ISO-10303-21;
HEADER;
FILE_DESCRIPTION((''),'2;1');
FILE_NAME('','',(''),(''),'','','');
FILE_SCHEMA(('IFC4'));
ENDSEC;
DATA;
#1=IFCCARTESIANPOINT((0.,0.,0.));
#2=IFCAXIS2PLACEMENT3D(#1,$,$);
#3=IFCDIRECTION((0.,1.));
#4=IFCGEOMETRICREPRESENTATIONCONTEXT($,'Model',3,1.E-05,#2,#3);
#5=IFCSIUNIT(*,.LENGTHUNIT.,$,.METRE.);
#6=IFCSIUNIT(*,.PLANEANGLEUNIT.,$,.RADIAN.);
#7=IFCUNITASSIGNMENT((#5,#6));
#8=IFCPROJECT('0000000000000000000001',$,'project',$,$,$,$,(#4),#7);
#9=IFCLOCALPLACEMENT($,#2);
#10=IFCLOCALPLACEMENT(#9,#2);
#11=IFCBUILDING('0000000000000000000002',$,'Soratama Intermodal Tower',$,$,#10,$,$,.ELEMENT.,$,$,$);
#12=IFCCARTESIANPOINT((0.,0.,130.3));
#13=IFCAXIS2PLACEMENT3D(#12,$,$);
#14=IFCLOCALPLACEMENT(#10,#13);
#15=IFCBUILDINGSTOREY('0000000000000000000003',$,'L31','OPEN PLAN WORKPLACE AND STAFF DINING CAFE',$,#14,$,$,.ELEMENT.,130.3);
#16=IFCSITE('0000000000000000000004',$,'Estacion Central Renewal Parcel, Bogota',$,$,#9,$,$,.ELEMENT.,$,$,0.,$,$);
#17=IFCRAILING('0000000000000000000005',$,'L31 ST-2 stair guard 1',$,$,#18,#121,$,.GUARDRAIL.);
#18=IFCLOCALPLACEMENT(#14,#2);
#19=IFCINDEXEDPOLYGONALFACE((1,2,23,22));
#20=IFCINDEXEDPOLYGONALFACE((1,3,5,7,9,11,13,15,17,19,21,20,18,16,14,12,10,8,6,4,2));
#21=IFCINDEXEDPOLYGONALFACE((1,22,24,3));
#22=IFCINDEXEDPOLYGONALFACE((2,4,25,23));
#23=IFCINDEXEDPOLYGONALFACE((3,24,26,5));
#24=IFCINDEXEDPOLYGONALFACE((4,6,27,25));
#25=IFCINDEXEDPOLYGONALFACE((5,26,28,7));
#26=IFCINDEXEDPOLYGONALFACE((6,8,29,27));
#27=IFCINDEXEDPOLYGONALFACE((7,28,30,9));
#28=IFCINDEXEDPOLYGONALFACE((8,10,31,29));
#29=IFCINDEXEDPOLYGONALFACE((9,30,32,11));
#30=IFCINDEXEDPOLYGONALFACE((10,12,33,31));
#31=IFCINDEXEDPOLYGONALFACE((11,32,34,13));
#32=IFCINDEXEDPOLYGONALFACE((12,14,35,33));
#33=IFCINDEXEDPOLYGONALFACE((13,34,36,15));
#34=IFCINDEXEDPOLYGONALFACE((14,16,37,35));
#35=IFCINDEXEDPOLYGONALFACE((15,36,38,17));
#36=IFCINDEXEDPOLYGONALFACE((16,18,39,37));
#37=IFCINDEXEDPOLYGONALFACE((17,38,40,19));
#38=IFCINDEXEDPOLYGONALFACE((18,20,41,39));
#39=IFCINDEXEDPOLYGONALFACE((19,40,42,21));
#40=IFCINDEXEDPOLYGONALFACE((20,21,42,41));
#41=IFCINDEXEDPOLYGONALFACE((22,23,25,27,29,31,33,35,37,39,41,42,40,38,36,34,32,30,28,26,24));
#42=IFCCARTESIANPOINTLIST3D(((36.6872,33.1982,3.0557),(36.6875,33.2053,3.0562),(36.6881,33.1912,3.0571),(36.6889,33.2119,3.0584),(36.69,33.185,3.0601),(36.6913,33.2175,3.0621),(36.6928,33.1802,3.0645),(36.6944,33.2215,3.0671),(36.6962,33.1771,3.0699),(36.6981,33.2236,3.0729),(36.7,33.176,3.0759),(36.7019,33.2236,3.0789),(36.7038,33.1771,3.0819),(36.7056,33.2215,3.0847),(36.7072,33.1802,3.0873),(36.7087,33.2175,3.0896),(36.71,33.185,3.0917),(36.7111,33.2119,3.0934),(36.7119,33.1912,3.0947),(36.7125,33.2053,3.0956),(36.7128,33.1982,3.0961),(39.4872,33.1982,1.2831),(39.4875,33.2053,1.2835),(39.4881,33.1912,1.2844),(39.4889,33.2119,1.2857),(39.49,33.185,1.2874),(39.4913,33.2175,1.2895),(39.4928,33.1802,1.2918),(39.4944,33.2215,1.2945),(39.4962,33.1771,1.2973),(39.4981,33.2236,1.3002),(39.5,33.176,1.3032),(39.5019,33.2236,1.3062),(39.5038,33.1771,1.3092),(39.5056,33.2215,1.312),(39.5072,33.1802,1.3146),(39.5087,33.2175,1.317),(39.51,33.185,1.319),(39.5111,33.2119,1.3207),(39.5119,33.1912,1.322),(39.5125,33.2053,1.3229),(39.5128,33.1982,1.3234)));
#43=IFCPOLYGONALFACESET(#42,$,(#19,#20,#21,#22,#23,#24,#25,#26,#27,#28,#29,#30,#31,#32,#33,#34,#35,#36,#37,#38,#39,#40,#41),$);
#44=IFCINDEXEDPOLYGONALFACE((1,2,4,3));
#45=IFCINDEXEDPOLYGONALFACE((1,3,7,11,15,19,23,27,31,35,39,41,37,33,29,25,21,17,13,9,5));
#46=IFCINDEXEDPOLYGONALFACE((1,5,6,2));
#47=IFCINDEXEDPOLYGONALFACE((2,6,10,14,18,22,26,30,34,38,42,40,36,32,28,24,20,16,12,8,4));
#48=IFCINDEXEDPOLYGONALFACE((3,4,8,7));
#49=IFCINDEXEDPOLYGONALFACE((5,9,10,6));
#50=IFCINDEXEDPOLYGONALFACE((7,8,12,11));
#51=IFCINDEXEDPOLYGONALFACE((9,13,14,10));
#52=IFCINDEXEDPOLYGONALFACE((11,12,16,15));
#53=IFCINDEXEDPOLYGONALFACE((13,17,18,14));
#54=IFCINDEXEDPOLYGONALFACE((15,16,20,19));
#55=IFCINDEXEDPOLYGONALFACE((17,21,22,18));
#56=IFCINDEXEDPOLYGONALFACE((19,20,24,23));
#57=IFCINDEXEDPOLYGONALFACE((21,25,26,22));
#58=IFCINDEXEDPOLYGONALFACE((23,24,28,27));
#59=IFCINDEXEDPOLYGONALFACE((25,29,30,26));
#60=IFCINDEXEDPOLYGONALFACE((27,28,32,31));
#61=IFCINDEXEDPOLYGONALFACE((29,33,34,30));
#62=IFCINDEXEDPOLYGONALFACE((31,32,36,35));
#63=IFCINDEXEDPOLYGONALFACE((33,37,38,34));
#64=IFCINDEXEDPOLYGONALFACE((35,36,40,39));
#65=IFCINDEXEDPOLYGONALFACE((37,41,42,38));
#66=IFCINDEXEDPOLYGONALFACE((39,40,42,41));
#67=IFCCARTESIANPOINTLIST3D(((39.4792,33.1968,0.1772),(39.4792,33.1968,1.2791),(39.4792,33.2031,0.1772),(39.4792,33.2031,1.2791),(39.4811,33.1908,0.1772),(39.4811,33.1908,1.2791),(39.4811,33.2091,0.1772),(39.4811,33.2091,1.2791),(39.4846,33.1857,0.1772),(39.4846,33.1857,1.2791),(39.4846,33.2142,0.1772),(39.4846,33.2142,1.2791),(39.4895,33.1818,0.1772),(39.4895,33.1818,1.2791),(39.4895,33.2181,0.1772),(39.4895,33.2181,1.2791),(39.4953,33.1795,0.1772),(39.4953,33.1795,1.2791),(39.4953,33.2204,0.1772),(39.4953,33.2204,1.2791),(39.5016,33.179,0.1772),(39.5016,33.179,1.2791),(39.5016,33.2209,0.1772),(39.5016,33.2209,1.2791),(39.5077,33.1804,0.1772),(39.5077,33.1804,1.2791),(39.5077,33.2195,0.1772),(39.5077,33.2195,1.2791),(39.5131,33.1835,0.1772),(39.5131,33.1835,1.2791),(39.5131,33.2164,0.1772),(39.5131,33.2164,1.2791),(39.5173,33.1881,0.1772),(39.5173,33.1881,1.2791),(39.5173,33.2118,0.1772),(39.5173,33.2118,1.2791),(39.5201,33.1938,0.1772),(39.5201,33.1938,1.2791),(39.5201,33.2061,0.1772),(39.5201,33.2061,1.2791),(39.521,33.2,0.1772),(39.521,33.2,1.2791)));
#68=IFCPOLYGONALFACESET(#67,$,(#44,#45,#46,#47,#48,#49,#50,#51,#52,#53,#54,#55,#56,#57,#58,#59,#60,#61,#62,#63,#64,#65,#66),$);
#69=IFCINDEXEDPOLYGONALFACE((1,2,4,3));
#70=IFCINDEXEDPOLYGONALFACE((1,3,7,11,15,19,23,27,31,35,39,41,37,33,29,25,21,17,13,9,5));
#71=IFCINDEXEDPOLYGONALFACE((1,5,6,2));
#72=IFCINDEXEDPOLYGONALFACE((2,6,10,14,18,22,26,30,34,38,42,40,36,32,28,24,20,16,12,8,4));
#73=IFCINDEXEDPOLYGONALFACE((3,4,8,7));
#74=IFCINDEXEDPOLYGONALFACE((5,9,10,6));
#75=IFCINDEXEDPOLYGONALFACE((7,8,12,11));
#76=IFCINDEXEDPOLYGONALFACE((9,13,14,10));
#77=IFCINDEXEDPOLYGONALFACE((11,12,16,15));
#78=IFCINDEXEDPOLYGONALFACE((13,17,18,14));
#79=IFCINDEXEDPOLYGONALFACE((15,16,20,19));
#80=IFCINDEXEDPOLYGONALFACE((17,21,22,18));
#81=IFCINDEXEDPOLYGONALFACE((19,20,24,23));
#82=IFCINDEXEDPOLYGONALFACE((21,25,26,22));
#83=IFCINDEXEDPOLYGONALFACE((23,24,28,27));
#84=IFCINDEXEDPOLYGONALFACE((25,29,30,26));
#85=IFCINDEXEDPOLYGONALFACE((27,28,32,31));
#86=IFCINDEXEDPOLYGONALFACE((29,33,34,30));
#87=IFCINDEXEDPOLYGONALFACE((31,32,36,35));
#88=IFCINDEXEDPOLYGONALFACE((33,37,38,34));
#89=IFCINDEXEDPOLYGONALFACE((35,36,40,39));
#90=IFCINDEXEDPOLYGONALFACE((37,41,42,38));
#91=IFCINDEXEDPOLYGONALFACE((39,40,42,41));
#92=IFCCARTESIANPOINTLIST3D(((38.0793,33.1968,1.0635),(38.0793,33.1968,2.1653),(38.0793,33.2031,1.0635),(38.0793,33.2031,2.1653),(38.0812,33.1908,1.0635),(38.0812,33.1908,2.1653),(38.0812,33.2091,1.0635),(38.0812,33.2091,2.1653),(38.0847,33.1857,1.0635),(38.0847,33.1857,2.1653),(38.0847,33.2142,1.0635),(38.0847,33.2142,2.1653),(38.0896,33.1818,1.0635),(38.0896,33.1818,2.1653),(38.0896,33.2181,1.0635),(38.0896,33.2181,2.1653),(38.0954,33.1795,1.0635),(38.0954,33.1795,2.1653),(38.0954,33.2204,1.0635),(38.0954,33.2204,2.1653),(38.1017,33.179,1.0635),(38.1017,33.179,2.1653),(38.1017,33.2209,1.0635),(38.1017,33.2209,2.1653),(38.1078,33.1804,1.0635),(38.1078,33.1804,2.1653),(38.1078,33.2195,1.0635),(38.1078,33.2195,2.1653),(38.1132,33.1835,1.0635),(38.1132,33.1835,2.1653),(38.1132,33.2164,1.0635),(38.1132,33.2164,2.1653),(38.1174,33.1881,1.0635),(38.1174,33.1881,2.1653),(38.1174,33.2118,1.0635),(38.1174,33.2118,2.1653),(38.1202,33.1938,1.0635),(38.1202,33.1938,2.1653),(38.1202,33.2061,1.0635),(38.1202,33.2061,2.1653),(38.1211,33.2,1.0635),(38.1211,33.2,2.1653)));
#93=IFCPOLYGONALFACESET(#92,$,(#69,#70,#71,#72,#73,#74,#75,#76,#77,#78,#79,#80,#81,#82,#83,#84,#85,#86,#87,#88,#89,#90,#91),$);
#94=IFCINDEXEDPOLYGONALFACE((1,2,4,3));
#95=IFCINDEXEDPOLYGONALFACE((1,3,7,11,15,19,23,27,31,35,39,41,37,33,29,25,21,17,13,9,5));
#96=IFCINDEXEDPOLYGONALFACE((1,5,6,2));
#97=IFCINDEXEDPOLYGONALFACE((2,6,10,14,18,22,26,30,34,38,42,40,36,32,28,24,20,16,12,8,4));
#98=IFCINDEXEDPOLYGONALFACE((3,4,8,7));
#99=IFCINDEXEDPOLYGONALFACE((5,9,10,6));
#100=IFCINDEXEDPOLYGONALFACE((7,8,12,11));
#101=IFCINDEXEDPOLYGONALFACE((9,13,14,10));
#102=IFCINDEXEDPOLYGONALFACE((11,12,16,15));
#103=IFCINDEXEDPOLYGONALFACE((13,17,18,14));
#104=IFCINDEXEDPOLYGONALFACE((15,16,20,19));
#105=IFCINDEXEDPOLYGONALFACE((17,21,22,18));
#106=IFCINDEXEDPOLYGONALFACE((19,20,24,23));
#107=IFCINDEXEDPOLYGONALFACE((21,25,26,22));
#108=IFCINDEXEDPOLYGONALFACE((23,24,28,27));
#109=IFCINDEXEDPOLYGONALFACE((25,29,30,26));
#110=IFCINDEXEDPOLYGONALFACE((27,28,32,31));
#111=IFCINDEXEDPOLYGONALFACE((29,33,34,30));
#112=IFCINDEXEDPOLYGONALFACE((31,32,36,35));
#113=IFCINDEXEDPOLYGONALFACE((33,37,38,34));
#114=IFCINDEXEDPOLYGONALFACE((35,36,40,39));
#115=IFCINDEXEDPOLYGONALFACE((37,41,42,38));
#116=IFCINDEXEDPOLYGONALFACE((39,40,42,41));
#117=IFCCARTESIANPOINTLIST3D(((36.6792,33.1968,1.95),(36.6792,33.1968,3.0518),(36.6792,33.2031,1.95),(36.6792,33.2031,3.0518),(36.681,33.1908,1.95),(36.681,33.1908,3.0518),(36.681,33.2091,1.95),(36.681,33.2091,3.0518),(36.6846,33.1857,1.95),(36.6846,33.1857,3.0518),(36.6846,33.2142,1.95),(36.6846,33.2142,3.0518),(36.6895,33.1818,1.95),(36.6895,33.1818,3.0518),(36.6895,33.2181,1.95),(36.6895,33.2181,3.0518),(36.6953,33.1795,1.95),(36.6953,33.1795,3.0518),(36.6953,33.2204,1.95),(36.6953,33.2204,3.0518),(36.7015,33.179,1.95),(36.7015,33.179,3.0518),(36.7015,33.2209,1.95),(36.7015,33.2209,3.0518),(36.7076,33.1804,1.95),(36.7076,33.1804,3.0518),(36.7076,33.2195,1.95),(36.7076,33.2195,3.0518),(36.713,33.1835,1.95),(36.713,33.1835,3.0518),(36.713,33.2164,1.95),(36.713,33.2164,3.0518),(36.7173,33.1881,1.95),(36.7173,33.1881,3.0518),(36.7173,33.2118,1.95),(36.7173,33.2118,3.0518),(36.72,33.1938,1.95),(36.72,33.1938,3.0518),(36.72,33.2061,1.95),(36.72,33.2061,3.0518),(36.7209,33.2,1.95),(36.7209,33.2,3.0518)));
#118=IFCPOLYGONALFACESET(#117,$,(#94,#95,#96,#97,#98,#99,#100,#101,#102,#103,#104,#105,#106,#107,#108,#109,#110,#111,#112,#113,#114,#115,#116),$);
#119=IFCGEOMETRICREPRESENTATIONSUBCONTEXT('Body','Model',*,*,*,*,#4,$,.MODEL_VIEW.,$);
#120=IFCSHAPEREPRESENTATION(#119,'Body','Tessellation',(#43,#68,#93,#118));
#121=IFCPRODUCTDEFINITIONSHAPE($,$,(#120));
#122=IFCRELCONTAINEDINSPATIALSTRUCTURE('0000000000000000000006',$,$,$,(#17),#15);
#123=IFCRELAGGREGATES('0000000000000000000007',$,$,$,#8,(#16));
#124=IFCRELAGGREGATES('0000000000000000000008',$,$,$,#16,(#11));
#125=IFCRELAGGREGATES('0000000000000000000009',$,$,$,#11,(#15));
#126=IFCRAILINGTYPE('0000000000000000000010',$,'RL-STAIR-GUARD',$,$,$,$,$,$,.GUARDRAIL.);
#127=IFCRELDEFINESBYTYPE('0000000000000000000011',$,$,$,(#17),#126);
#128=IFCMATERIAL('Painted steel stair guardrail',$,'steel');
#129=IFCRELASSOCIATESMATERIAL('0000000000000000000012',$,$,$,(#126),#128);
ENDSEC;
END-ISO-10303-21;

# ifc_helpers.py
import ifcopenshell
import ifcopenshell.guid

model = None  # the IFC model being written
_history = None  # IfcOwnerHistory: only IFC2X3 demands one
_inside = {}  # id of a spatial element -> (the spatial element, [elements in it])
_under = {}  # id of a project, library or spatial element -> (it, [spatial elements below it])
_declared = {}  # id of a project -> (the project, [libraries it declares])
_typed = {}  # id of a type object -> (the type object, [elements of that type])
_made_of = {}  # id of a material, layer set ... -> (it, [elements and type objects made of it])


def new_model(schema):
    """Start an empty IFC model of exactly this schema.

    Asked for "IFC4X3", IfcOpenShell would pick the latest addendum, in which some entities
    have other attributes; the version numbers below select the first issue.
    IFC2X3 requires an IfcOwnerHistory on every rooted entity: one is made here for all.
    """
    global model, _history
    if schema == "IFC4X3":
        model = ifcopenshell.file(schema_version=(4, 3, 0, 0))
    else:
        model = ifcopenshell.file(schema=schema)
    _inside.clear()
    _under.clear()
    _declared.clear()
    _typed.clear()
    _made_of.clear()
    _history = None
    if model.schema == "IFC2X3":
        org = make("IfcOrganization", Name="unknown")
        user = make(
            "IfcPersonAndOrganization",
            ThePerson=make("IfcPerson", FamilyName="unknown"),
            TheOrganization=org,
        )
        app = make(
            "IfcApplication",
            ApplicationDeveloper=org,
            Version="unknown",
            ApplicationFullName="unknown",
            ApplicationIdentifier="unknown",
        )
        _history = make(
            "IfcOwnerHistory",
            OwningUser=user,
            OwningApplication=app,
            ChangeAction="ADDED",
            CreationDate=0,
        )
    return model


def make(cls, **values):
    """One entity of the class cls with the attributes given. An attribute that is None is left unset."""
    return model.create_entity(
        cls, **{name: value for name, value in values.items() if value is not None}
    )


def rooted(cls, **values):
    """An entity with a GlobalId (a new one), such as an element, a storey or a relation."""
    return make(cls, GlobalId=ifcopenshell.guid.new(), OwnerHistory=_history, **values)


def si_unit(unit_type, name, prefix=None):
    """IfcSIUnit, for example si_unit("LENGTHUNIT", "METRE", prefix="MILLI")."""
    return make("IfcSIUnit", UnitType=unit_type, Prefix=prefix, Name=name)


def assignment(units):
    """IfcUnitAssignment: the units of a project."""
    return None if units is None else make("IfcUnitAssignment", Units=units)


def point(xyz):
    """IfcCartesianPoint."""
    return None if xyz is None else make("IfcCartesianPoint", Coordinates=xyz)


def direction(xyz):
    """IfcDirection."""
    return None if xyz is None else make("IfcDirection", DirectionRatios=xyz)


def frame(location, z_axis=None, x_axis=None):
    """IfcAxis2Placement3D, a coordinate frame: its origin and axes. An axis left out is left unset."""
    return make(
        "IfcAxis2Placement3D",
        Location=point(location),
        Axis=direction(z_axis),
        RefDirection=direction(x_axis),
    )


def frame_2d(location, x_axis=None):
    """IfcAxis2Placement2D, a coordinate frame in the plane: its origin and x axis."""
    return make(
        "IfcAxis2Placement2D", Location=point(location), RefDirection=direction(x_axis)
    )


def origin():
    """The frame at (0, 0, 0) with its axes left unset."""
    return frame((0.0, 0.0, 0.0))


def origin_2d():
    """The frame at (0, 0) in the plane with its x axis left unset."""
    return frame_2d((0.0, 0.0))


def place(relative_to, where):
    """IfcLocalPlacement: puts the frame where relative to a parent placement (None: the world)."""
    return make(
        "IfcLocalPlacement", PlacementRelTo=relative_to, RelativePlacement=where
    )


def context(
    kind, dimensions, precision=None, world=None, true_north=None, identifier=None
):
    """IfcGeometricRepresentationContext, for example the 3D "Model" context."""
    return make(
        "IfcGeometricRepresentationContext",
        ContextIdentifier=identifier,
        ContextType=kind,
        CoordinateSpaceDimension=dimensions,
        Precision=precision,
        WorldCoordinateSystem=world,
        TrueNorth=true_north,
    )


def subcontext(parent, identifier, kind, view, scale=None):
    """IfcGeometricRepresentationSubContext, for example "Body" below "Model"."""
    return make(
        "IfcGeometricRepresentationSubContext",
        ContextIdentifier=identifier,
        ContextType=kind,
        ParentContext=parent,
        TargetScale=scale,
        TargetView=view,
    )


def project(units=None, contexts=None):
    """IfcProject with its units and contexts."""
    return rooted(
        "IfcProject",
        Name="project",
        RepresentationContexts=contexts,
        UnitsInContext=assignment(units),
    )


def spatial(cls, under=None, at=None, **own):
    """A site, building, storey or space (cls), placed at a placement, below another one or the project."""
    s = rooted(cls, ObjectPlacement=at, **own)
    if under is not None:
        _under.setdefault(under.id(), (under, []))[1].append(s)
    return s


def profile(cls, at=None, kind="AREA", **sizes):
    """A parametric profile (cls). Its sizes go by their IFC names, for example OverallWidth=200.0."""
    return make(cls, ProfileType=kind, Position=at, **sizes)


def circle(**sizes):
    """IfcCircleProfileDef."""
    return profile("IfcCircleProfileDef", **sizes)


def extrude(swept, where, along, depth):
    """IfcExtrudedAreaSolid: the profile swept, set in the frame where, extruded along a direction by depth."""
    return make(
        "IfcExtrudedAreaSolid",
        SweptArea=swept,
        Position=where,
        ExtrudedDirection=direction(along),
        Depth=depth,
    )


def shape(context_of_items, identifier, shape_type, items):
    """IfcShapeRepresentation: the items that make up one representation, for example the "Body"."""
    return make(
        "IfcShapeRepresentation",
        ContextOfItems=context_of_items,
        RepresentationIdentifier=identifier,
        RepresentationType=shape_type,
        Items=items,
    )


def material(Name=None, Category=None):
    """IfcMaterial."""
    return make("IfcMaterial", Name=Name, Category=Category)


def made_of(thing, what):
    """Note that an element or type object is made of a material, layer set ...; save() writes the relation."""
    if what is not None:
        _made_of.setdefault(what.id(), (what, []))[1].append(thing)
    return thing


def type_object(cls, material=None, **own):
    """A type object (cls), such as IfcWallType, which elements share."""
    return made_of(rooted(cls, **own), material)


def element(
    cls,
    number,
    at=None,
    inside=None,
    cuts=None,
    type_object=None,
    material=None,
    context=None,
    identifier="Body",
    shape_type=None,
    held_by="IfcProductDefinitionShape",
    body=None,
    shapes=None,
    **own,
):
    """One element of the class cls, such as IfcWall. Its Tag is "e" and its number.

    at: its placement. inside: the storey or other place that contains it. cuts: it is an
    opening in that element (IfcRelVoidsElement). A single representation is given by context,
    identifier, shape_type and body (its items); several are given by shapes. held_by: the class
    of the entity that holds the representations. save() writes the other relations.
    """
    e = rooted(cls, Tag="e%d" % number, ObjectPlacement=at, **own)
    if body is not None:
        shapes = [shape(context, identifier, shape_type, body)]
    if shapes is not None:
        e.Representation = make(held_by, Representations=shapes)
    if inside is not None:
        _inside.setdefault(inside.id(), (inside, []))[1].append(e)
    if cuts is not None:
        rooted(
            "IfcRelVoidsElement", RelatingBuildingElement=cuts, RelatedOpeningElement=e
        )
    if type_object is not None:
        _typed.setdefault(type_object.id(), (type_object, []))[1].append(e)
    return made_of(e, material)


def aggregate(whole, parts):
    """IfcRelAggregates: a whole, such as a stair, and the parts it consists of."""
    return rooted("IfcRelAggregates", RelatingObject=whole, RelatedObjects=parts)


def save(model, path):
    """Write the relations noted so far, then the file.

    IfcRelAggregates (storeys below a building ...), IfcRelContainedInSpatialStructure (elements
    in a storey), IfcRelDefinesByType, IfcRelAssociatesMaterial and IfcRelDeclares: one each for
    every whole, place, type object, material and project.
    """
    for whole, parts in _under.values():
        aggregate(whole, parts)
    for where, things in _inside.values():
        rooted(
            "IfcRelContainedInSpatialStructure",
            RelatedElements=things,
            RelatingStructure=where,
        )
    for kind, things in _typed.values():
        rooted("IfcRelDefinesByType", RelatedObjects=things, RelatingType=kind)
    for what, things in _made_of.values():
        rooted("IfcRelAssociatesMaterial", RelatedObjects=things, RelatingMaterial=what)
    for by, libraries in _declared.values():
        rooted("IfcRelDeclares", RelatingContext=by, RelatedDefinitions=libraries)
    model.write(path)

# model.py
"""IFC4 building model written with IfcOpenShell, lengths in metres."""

from ifc_helpers import new_model, si_unit, direction, frame, origin, origin_2d, place, context, subcontext, project, spatial, circle, extrude, material, type_object, element, save


model = new_model("IFC4")

# Units and contexts
model_context = context("Model", 3, precision=1e-05, world=origin(), true_north=direction((0.0, 1.0)))
body_context = subcontext(model_context, "Body", "Model", "MODEL_VIEW")
ifc_project = project(units=[si_unit("LENGTHUNIT", "METRE"), si_unit("PLANEANGLEUNIT", "RADIAN")], contexts=[model_context])

# Site, building, storey
site_placement = place(None, origin())
site = spatial("IfcSite", under=ifc_project, at=site_placement, Name="Estacion Central Renewal Parcel, Bogota", CompositionType="ELEMENT", RefElevation=0.0)
building_placement = place(site_placement, origin())
building = spatial("IfcBuilding", under=site, at=building_placement, Name="Soratama Intermodal Tower", CompositionType="ELEMENT")
storey_placement = place(building_placement, frame((0.0, 0.0, 130.3)))
storey = spatial("IfcBuildingStorey", under=building, at=storey_placement, Name="L31", Description="OPEN PLAN WORKPLACE AND STAFF DINING CAFE", CompositionType="ELEMENT", Elevation=130.3)

# Railing
ifc_material_1 = material(Name="Painted steel stair guardrail", Category="steel")
railing_type_1 = type_object("IfcRailingType", Name="RL-STAIR-GUARD", PredefinedType="GUARDRAIL", material=ifc_material_1)
railing_1_placement = place(storey_placement, frame((39.5, 33.2, 0.1772)))
element("IfcRailing", 1, at=railing_1_placement, inside=storey, type_object=railing_type_1, Name="L31 ST-2 stair guard 1", PredefinedType="GUARDRAIL", context=body_context, shape_type="SweptSolid", body=[
    extrude(circle(Radius=0.0239, at=origin_2d()), frame((0.0, 0.0, 1.126), z_axis=(-0.844909, 0.0, 0.53491), x_axis=(0.0, -1.0, 0.0)), (0.0, 0.0, 1.0), 3.314),
    extrude(circle(Radius=0.021, at=origin_2d()), origin(), (0.0, 0.0, 1.0), 1.1018),
    extrude(circle(Radius=0.021, at=origin_2d()), frame((-1.3999, 0.0, 0.8862)), (0.0, 0.0, 1.0), 1.1018),
    extrude(circle(Radius=0.021, at=origin_2d()), frame((-2.8, 0.0, 1.7727)), (0.0, 0.0, 1.0), 1.1018),
])

save(model, "model.ifc")
